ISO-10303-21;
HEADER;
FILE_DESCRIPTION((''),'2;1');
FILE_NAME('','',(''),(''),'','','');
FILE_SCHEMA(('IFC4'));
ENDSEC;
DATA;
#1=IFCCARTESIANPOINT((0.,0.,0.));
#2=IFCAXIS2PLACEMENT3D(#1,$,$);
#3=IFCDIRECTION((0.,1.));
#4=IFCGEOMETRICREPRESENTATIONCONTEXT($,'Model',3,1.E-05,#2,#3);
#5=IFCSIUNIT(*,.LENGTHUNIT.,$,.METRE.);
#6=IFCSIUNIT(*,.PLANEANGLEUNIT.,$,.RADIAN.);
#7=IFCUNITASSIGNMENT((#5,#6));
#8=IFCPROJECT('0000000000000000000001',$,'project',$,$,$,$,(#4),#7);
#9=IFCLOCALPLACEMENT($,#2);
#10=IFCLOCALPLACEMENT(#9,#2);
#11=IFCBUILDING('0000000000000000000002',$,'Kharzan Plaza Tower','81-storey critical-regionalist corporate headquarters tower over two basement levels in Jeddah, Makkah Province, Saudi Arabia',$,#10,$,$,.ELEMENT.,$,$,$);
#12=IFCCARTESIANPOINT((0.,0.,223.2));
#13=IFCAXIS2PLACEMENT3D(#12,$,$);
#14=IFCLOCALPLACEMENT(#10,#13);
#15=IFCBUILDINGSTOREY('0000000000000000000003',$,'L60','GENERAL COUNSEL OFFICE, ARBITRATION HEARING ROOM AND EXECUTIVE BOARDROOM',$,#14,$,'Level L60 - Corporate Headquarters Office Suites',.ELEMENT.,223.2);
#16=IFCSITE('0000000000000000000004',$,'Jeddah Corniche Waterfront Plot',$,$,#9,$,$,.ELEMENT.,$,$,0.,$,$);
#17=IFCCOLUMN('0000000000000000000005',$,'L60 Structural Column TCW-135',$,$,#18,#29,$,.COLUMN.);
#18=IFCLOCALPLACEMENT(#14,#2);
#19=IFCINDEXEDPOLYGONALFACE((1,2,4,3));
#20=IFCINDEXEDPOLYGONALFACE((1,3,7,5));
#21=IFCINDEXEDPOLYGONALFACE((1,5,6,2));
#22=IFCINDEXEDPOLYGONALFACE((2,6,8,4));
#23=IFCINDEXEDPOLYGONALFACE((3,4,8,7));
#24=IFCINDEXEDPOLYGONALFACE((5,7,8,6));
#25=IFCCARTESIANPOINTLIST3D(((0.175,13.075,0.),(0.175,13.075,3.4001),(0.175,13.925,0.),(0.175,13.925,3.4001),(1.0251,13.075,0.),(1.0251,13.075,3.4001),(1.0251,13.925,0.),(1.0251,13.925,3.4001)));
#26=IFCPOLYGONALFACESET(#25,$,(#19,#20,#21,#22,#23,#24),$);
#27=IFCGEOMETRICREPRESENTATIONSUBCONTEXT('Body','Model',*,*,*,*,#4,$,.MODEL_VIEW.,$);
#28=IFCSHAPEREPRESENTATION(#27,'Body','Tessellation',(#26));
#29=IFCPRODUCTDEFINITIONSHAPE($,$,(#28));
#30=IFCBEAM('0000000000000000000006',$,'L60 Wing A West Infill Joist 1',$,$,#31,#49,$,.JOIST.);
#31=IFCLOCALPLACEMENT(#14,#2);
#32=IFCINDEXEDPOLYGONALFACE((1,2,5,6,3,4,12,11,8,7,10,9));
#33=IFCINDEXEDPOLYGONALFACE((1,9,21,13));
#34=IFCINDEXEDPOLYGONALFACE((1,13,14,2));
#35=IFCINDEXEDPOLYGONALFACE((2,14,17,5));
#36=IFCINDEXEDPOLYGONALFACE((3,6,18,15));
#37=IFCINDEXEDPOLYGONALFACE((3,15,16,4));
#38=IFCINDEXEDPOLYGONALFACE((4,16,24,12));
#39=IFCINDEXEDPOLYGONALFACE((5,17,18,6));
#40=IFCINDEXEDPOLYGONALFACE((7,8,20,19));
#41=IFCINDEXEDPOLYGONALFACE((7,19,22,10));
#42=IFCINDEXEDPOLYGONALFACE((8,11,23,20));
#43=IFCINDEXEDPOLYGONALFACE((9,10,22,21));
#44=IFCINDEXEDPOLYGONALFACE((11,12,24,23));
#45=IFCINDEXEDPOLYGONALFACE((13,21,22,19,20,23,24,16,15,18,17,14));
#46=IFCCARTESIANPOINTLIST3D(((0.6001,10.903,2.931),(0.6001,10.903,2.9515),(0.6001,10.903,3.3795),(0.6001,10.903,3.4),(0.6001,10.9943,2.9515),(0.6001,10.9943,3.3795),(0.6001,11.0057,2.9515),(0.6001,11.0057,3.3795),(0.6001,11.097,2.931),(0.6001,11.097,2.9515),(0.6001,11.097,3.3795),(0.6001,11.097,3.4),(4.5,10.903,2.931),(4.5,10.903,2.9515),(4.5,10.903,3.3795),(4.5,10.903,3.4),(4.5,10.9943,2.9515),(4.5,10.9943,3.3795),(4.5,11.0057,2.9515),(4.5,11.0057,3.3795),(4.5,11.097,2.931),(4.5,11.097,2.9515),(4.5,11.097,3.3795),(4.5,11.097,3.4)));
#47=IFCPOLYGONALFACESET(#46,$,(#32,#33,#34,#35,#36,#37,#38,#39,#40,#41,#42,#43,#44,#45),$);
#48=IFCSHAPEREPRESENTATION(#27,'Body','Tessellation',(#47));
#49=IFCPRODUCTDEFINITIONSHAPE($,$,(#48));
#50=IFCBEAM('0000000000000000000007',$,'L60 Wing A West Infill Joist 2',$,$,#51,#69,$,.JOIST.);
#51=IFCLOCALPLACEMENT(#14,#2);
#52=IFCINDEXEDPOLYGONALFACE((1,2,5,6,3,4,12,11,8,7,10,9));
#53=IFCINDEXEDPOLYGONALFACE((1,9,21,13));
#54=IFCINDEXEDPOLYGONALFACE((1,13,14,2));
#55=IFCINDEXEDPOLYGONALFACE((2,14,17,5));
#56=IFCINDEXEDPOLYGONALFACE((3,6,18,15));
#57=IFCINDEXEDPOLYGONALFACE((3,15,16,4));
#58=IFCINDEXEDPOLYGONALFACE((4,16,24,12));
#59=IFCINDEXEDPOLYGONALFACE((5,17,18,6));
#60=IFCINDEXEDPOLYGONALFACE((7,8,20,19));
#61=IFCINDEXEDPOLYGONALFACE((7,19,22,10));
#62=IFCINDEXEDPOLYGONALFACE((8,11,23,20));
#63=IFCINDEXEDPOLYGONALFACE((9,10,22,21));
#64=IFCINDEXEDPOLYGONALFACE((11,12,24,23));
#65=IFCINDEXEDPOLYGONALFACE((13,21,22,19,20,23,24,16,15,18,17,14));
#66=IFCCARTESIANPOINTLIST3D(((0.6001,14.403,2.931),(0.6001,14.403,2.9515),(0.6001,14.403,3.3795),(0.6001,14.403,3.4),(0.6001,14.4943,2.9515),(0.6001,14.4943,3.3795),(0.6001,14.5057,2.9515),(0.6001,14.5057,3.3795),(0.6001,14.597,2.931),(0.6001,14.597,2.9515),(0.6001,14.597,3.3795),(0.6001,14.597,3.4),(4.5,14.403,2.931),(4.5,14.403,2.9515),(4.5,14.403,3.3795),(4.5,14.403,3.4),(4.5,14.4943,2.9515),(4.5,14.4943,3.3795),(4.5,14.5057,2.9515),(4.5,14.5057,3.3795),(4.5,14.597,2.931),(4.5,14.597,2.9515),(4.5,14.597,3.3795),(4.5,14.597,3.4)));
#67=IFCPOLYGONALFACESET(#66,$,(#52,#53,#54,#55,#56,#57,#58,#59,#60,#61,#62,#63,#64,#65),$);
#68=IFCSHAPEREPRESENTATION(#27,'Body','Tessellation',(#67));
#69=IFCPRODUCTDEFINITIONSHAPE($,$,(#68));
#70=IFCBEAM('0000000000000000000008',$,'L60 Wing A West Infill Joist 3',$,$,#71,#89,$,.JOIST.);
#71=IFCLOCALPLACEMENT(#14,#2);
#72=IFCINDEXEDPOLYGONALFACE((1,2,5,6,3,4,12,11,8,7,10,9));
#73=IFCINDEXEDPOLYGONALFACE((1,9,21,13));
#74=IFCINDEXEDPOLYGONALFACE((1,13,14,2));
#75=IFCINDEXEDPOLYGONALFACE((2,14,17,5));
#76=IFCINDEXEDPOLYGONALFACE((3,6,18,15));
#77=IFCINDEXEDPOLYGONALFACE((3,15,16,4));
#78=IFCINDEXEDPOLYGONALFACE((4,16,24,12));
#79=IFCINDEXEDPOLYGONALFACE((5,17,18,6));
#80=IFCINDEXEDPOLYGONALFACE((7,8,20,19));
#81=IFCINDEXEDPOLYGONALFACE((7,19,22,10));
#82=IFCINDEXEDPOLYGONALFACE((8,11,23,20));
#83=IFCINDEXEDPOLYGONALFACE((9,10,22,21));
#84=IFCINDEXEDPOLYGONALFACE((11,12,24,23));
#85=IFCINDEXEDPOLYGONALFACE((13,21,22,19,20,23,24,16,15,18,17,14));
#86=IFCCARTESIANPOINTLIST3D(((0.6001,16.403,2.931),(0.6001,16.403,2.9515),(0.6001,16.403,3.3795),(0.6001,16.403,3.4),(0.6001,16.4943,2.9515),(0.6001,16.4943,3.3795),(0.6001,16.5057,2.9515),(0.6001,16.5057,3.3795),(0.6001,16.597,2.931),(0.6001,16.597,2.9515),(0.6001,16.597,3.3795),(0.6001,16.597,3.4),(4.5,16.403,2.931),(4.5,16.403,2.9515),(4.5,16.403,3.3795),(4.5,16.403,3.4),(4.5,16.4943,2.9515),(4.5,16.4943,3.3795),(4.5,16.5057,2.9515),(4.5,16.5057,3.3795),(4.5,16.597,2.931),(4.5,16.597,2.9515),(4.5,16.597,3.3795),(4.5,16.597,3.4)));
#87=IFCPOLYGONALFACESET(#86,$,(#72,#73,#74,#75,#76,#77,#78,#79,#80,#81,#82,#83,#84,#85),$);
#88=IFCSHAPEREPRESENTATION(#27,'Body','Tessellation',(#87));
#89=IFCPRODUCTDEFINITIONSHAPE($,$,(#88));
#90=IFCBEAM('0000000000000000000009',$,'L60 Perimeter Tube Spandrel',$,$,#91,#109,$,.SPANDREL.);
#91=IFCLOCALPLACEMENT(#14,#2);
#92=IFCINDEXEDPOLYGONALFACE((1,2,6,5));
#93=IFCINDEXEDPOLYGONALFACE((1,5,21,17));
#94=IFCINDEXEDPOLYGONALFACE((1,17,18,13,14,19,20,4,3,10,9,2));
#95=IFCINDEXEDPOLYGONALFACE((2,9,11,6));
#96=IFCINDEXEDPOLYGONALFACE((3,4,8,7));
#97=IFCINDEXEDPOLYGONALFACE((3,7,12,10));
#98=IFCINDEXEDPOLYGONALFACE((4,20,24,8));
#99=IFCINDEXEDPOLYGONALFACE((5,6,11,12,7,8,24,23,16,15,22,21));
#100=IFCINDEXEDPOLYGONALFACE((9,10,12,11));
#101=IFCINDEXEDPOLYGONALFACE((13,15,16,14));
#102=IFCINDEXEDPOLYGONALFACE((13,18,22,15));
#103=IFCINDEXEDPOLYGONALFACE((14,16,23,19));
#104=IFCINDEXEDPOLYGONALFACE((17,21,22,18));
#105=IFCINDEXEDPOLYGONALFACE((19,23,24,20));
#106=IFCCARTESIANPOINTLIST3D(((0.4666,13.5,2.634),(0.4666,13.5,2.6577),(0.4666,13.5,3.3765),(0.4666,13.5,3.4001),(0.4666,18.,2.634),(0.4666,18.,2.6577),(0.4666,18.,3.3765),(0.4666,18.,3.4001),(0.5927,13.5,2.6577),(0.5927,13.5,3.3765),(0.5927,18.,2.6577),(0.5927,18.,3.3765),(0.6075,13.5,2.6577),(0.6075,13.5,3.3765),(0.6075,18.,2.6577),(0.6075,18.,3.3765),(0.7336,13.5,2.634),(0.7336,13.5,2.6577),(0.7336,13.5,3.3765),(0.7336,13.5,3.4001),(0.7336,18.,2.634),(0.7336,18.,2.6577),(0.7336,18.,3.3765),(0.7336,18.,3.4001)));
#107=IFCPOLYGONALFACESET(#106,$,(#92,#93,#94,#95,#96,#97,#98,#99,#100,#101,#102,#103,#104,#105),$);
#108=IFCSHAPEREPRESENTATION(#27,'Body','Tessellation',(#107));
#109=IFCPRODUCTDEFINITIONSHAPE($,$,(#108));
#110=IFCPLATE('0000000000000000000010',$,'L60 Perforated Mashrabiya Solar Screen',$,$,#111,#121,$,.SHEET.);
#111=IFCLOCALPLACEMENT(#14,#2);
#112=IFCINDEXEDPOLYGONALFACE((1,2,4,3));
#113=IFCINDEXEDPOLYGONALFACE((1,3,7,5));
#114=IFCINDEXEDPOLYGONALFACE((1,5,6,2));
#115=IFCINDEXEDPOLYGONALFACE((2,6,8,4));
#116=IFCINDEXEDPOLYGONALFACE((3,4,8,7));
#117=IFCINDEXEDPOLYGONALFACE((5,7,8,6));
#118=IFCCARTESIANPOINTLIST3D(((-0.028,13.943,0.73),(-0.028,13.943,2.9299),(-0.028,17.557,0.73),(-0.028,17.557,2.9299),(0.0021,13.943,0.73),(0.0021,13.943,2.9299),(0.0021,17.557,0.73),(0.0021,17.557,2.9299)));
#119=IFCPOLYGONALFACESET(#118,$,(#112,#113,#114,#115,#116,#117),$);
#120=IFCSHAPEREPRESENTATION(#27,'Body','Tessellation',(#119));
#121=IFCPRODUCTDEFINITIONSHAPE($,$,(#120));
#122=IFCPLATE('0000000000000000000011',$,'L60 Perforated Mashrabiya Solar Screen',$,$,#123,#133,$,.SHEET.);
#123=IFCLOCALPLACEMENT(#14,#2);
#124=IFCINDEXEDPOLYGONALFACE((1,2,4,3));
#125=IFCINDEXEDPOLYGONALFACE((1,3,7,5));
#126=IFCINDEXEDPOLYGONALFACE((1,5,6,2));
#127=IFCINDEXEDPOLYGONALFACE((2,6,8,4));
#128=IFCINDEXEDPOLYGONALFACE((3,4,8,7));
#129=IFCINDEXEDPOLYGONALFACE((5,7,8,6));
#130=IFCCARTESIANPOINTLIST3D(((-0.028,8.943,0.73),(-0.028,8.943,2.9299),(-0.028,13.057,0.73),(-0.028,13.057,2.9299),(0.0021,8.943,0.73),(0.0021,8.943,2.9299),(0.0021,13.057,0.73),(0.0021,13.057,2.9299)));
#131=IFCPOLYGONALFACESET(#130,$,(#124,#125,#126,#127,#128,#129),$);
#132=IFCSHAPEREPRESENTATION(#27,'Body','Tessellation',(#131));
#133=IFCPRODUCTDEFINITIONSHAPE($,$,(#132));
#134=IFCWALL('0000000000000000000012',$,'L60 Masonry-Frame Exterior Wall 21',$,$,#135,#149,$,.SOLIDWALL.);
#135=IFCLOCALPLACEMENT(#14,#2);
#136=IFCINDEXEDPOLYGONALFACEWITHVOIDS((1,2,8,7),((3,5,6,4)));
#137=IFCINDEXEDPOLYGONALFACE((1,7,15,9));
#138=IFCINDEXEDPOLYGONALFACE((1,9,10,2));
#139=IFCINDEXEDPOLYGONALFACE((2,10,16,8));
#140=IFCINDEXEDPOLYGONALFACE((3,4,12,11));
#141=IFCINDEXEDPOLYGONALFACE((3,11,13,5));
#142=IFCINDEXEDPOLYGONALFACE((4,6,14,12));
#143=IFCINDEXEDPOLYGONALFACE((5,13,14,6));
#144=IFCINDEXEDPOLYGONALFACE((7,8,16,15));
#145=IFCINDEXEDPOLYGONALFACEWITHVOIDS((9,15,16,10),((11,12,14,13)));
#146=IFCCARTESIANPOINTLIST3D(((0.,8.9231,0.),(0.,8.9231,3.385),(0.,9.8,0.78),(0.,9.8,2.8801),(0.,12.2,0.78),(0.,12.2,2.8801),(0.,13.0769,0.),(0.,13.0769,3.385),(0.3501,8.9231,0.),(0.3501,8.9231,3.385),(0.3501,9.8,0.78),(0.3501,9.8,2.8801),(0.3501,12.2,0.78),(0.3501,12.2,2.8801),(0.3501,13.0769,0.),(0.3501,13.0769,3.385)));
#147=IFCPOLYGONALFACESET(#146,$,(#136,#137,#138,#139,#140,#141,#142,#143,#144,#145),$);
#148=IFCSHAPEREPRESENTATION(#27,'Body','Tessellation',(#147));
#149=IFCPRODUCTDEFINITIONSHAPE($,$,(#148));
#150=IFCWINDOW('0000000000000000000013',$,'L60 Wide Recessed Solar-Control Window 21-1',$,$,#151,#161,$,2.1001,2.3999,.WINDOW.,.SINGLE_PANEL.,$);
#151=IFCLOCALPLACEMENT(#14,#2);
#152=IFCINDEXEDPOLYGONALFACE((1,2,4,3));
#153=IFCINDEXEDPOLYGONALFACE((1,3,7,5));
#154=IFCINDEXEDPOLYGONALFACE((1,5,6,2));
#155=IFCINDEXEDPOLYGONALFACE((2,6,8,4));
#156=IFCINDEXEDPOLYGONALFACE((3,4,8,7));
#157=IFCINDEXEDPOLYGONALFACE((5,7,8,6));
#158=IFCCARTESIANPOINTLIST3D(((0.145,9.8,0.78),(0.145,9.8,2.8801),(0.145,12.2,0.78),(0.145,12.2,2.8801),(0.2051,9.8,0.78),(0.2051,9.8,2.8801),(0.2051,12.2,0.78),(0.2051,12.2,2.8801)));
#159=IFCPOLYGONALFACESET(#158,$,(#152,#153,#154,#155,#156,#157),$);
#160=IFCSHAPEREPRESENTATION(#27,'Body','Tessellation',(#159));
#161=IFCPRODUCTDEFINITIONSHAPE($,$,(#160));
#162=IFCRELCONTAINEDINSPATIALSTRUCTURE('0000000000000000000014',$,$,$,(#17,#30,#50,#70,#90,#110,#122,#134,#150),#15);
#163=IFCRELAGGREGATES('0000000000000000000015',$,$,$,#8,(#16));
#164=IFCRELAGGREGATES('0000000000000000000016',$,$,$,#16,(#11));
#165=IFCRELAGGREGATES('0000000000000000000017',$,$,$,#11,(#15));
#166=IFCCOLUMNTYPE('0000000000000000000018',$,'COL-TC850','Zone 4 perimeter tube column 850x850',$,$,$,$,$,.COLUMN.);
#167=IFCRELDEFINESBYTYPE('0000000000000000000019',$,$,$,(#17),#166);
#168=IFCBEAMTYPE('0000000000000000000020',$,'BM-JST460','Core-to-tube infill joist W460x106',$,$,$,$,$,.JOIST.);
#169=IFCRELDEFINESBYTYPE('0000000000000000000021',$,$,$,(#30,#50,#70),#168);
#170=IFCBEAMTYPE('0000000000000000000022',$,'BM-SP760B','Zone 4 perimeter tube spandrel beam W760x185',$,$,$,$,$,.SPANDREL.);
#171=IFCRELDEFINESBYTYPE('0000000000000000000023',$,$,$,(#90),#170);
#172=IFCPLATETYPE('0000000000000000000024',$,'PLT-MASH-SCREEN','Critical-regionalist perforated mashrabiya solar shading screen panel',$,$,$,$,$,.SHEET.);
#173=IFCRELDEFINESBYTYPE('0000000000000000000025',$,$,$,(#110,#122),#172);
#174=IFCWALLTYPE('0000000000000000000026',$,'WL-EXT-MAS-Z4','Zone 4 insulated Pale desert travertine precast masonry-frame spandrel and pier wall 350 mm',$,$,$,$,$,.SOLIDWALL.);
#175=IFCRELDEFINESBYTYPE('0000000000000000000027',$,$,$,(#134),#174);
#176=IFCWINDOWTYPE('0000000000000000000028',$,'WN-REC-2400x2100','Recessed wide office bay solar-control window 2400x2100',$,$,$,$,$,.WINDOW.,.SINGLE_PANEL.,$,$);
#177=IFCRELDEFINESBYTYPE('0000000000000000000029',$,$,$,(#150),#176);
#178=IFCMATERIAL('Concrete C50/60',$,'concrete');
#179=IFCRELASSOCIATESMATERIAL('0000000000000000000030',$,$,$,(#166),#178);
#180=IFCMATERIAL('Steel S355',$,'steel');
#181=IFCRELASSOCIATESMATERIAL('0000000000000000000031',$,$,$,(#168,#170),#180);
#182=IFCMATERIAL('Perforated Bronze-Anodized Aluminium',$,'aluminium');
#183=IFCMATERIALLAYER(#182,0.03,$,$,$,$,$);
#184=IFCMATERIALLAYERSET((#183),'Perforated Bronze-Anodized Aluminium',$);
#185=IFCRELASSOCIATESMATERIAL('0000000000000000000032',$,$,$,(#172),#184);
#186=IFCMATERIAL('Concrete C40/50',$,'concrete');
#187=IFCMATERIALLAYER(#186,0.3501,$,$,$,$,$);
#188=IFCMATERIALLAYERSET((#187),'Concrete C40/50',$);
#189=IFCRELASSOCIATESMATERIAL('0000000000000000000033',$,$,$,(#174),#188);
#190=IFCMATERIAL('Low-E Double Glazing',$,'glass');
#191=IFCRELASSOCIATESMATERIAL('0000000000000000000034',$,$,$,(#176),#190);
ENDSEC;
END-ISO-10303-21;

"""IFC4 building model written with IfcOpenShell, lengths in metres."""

from ifc_helpers import new_model, si_unit, direction, frame, frame_2d, origin, origin_2d, place, context, subcontext, project, spatial, rectangle, i_section, extrude, source, transform, mapped, material, layer, layer_set, material_profile, profile_set, type_object, element, fill, save


model = new_model("IFC4")

# Units and contexts
model_context = context("Model", 3, precision=1e-05, world=origin(), true_north=direction((0.0, 1.0)))
body_context = subcontext(model_context, "Body", "Model", "MODEL_VIEW")
ifc_project = project(units=[si_unit("LENGTHUNIT", "METRE"), si_unit("PLANEANGLEUNIT", "RADIAN")], contexts=[model_context])

# Site, building, storey
site_placement = place(None, origin())
site = spatial("IfcSite", under=ifc_project, at=site_placement, Name="Jeddah Corniche Waterfront Plot", CompositionType="ELEMENT", RefElevation=0.0)
building_placement = place(site_placement, origin())
building = spatial("IfcBuilding", under=site, at=building_placement, Name="Kharzan Plaza Tower", Description="81-storey critical-regionalist corporate headquarters tower over two basement levels in Jeddah, Makkah Province, Saudi Arabia", CompositionType="ELEMENT")
storey_placement = place(building_placement, frame((0.0, 0.0, 223.2)))
storey = spatial("IfcBuildingStorey", under=building, at=storey_placement, Name="L60", Description="GENERAL COUNSEL OFFICE, ARBITRATION HEARING ROOM AND EXECUTIVE BOARDROOM", LongName="Level L60 - Corporate Headquarters Office Suites", CompositionType="ELEMENT", Elevation=223.2)

# Column
ifc_material_1 = material(Name="Concrete C50/60", Category="concrete")
ifc_material_profile_1 = material_profile(ifc_material_1, rectangle(XDim=0.8501, YDim=0.8501, at=origin_2d()), Name="RC-TC850x850")
ifc_profile_set_1 = profile_set([ifc_material_profile_1], Name="Concrete C50/60")
column_type = type_object("IfcColumnType", Name="COL-TC850", Description="Zone 4 perimeter tube column 850x850", PredefinedType="COLUMN", material=ifc_profile_set_1)
shared_shape_1 = source(origin(), body_context, "Body", "SweptSolid", [
    extrude(rectangle(XDim=0.8501, YDim=0.8501, at=origin_2d()), origin(), (0.0, 0.0, 1.0), 3.4001),
])
column_placement = place(storey_placement, frame((0.6001, 13.5, 0.0), z_axis=(0.0, 0.0, 1.0), x_axis=(1.0, 0.0, 0.0)))
element("IfcColumn", 1, at=column_placement, inside=storey, type_object=column_type, Name="L60 Structural Column TCW-135", PredefinedType="COLUMN", context=body_context, shape_type="MappedRepresentation", body=[
    mapped(shared_shape_1, transform((0.0, 0.0, 0.0), x_axis=(1.0, 0.0, 0.0), y_axis=(0.0, 1.0, 0.0), z_axis=(0.0, 0.0, 1.0))),
])

# Beams
ifc_material_2 = material(Name="Steel S355", Category="steel")
ifc_material_profile_2 = material_profile(ifc_material_2, i_section(OverallWidth=0.1941, OverallDepth=0.469, WebThickness=0.0115, FlangeThickness=0.0205, at=origin_2d()), Name="W460x106")
ifc_profile_set_2 = profile_set([ifc_material_profile_2], Name="Steel S355")
beam_type_1 = type_object("IfcBeamType", Name="BM-JST460", Description="Core-to-tube infill joist W460x106", PredefinedType="JOIST", material=ifc_profile_set_2)
shared_shape_2 = source(origin(), body_context, "Body", "SweptSolid", [
    extrude(i_section(OverallWidth=0.1941, OverallDepth=0.469, WebThickness=0.0115, FlangeThickness=0.0205, at=origin_2d()), origin(), (0.0, 0.0, 1.0), 3.8999),
])
for number, where, z_axis, x_axis, name in (
    (2, (0.6001, 11.0, 3.1655), (1.0, 0.0, 0.0), (0.0, 1.0, 0.0), "L60 Wing A West Infill Joist 1"),
    (3, (0.6001, 14.5, 3.1655), (1.0, 0.0, 0.0), (0.0, 1.0, 0.0), "L60 Wing A West Infill Joist 2"),
    (4, (0.6001, 16.5, 3.1655), (1.0, 0.0, 0.0), (0.0, 1.0, 0.0), "L60 Wing A West Infill Joist 3"),
):
    element("IfcBeam", number, at=place(storey_placement, frame(where, z_axis=z_axis, x_axis=x_axis)), inside=storey, type_object=beam_type_1, Name=name, PredefinedType="JOIST", context=body_context, shape_type="MappedRepresentation", body=[
        mapped(shared_shape_2, transform((0.0, 0.0, 0.0), x_axis=(1.0, 0.0, 0.0), y_axis=(0.0, 1.0, 0.0), z_axis=(0.0, 0.0, 1.0))),
    ])
ifc_material_profile_3 = material_profile(ifc_material_2, i_section(OverallWidth=0.2671, OverallDepth=0.7661, WebThickness=0.0149, FlangeThickness=0.0237, at=origin_2d()), Name="W760x185")
ifc_profile_set_3 = profile_set([ifc_material_profile_3], Name="Steel S355")
beam_type_2 = type_object("IfcBeamType", Name="BM-SP760B", Description="Zone 4 perimeter tube spandrel beam W760x185", PredefinedType="SPANDREL", material=ifc_profile_set_3)
shared_shape_3 = source(origin(), body_context, "Body", "SweptSolid", [
    extrude(i_section(OverallWidth=0.2671, OverallDepth=0.7661, WebThickness=0.0149, FlangeThickness=0.0237, at=origin_2d()), origin(), (0.0, 0.0, 1.0), 4.5),
])
beam_placement = place(storey_placement, frame((0.6001, 13.5, 3.0171), z_axis=(0.0, 1.0, 0.0), x_axis=(-1.0, 0.0, 0.0)))
element("IfcBeam", 5, at=beam_placement, inside=storey, type_object=beam_type_2, Name="L60 Perimeter Tube Spandrel", PredefinedType="SPANDREL", context=body_context, shape_type="MappedRepresentation", body=[
    mapped(shared_shape_3, transform((0.0, 0.0, 0.0), x_axis=(1.0, 0.0, 0.0), y_axis=(0.0, 1.0, 0.0), z_axis=(0.0, 0.0, 1.0))),
])

# Plates
ifc_material_3 = material(Name="Perforated Bronze-Anodized Aluminium", Category="aluminium")
ifc_layer_1 = layer(ifc_material_3, 0.03)
ifc_layer_set_1 = layer_set([ifc_layer_1], Name="Perforated Bronze-Anodized Aluminium")
plate_type = type_object("IfcPlateType", Name="PLT-MASH-SCREEN", Description="Critical-regionalist perforated mashrabiya solar shading screen panel", PredefinedType="SHEET", material=ifc_layer_set_1)
shared_shape_4 = source(origin(), body_context, "Body", "SweptSolid", [
    extrude(rectangle(XDim=3.614, YDim=0.03, at=origin_2d()), origin(), (0.0, 0.0, 1.0), 2.2),
])
plate_1_placement = place(storey_placement, frame((-0.0129, 15.75, 0.73), z_axis=(0.0, 0.0, 1.0), x_axis=(0.0, -1.0, 0.0)))
element("IfcPlate", 6, at=plate_1_placement, inside=storey, type_object=plate_type, Name="L60 Perforated Mashrabiya Solar Screen", PredefinedType="SHEET", context=body_context, shape_type="MappedRepresentation", body=[
    mapped(shared_shape_4, transform((0.0, 0.0, 0.0), x_axis=(1.0, 0.0, 0.0), y_axis=(0.0, 1.0, 0.0), z_axis=(0.0, 0.0, 1.0))),
])
shared_shape_5 = source(origin(), body_context, "Body", "SweptSolid", [
    extrude(rectangle(XDim=4.114, YDim=0.03, at=origin_2d()), origin(), (0.0, 0.0, 1.0), 2.2),
])
plate_2_placement = place(storey_placement, frame((-0.0129, 11.0, 0.73), z_axis=(0.0, 0.0, 1.0), x_axis=(0.0, -1.0, 0.0)))
element("IfcPlate", 7, at=plate_2_placement, inside=storey, type_object=plate_type, Name="L60 Perforated Mashrabiya Solar Screen", PredefinedType="SHEET", context=body_context, shape_type="MappedRepresentation", body=[
    mapped(shared_shape_5, transform((0.0, 0.0, 0.0), x_axis=(1.0, 0.0, 0.0), y_axis=(0.0, 1.0, 0.0), z_axis=(0.0, 0.0, 1.0))),
])

# Wall, opening, window
ifc_material_4 = material(Name="Concrete C40/50", Category="concrete")
ifc_layer_2 = layer(ifc_material_4, 0.3501)
ifc_layer_set_2 = layer_set([ifc_layer_2], Name="Concrete C40/50")
wall_type_1 = type_object("IfcWallType", Name="WL-EXT-MAS-Z4", Description="Zone 4 insulated Pale desert travertine precast masonry-frame spandrel and pier wall 350 mm", PredefinedType="SOLIDWALL", material=ifc_layer_set_2)
wall_1_placement = place(storey_placement, frame((0.175, 13.0769, 0.0), z_axis=(0.0, 0.0, 1.0), x_axis=(0.0, -1.0, 0.0)))
wall_1 = element("IfcWall", 8, at=wall_1_placement, inside=storey, type_object=wall_type_1, Name="L60 Masonry-Frame Exterior Wall 21", PredefinedType="SOLIDWALL", context=body_context, shape_type="SweptSolid", body=[
    extrude(rectangle(XDim=4.1538, YDim=0.3501, at=frame_2d((2.0769, 0.0))), origin(), (0.0, 0.0, 1.0), 3.385),
])
opening_1_placement = place(wall_1_placement, frame((0.877, 0.0, 0.78)))
opening_1 = element("IfcOpeningElement", 9, at=opening_1_placement, cuts=wall_1, PredefinedType="OPENING", context=body_context, shape_type="SweptSolid", body=[
    extrude(rectangle(XDim=2.3999, YDim=2.1001, at=frame_2d((1.2, 1.05))), frame((0.0, 0.1851, 0.0), z_axis=(0.0, -1.0, 0.0), x_axis=(1.0, 0.0, 0.0)), (0.0, 0.0, 1.0), 0.3701),
])
ifc_material_5 = material(Name="Low-E Double Glazing", Category="glass")
window_type = type_object("IfcWindowType", Name="WN-REC-2400x2100", Description="Recessed wide office bay solar-control window 2400x2100", PartitioningType="SINGLE_PANEL", PredefinedType="WINDOW", material=ifc_material_5)
shared_shape_6 = source(origin(), body_context, "Body", "SweptSolid", [
    extrude(rectangle(XDim=2.3999, YDim=2.1001, at=frame_2d((1.2, 1.05))), frame((0.0, 0.03, 0.0), z_axis=(0.0, -1.0, 0.0), x_axis=(1.0, 0.0, 0.0)), (0.0, 0.0, 1.0), 0.0601),
])
window_placement = place(opening_1_placement, origin())
window = element("IfcWindow", 10, at=window_placement, inside=storey, type_object=window_type, Name="L60 Wide Recessed Solar-Control Window 21-1", OverallHeight=2.1001, OverallWidth=2.3999, PartitioningType="SINGLE_PANEL", PredefinedType="WINDOW", context=body_context, shape_type="MappedRepresentation", body=[
    mapped(shared_shape_6, transform((0.0, 0.0, 0.0), x_axis=(1.0, 0.0, 0.0), y_axis=(0.0, 1.0, 0.0), z_axis=(0.0, 0.0, 1.0))),
])
fill(opening_1, window)

save(model, "model.ifc")
